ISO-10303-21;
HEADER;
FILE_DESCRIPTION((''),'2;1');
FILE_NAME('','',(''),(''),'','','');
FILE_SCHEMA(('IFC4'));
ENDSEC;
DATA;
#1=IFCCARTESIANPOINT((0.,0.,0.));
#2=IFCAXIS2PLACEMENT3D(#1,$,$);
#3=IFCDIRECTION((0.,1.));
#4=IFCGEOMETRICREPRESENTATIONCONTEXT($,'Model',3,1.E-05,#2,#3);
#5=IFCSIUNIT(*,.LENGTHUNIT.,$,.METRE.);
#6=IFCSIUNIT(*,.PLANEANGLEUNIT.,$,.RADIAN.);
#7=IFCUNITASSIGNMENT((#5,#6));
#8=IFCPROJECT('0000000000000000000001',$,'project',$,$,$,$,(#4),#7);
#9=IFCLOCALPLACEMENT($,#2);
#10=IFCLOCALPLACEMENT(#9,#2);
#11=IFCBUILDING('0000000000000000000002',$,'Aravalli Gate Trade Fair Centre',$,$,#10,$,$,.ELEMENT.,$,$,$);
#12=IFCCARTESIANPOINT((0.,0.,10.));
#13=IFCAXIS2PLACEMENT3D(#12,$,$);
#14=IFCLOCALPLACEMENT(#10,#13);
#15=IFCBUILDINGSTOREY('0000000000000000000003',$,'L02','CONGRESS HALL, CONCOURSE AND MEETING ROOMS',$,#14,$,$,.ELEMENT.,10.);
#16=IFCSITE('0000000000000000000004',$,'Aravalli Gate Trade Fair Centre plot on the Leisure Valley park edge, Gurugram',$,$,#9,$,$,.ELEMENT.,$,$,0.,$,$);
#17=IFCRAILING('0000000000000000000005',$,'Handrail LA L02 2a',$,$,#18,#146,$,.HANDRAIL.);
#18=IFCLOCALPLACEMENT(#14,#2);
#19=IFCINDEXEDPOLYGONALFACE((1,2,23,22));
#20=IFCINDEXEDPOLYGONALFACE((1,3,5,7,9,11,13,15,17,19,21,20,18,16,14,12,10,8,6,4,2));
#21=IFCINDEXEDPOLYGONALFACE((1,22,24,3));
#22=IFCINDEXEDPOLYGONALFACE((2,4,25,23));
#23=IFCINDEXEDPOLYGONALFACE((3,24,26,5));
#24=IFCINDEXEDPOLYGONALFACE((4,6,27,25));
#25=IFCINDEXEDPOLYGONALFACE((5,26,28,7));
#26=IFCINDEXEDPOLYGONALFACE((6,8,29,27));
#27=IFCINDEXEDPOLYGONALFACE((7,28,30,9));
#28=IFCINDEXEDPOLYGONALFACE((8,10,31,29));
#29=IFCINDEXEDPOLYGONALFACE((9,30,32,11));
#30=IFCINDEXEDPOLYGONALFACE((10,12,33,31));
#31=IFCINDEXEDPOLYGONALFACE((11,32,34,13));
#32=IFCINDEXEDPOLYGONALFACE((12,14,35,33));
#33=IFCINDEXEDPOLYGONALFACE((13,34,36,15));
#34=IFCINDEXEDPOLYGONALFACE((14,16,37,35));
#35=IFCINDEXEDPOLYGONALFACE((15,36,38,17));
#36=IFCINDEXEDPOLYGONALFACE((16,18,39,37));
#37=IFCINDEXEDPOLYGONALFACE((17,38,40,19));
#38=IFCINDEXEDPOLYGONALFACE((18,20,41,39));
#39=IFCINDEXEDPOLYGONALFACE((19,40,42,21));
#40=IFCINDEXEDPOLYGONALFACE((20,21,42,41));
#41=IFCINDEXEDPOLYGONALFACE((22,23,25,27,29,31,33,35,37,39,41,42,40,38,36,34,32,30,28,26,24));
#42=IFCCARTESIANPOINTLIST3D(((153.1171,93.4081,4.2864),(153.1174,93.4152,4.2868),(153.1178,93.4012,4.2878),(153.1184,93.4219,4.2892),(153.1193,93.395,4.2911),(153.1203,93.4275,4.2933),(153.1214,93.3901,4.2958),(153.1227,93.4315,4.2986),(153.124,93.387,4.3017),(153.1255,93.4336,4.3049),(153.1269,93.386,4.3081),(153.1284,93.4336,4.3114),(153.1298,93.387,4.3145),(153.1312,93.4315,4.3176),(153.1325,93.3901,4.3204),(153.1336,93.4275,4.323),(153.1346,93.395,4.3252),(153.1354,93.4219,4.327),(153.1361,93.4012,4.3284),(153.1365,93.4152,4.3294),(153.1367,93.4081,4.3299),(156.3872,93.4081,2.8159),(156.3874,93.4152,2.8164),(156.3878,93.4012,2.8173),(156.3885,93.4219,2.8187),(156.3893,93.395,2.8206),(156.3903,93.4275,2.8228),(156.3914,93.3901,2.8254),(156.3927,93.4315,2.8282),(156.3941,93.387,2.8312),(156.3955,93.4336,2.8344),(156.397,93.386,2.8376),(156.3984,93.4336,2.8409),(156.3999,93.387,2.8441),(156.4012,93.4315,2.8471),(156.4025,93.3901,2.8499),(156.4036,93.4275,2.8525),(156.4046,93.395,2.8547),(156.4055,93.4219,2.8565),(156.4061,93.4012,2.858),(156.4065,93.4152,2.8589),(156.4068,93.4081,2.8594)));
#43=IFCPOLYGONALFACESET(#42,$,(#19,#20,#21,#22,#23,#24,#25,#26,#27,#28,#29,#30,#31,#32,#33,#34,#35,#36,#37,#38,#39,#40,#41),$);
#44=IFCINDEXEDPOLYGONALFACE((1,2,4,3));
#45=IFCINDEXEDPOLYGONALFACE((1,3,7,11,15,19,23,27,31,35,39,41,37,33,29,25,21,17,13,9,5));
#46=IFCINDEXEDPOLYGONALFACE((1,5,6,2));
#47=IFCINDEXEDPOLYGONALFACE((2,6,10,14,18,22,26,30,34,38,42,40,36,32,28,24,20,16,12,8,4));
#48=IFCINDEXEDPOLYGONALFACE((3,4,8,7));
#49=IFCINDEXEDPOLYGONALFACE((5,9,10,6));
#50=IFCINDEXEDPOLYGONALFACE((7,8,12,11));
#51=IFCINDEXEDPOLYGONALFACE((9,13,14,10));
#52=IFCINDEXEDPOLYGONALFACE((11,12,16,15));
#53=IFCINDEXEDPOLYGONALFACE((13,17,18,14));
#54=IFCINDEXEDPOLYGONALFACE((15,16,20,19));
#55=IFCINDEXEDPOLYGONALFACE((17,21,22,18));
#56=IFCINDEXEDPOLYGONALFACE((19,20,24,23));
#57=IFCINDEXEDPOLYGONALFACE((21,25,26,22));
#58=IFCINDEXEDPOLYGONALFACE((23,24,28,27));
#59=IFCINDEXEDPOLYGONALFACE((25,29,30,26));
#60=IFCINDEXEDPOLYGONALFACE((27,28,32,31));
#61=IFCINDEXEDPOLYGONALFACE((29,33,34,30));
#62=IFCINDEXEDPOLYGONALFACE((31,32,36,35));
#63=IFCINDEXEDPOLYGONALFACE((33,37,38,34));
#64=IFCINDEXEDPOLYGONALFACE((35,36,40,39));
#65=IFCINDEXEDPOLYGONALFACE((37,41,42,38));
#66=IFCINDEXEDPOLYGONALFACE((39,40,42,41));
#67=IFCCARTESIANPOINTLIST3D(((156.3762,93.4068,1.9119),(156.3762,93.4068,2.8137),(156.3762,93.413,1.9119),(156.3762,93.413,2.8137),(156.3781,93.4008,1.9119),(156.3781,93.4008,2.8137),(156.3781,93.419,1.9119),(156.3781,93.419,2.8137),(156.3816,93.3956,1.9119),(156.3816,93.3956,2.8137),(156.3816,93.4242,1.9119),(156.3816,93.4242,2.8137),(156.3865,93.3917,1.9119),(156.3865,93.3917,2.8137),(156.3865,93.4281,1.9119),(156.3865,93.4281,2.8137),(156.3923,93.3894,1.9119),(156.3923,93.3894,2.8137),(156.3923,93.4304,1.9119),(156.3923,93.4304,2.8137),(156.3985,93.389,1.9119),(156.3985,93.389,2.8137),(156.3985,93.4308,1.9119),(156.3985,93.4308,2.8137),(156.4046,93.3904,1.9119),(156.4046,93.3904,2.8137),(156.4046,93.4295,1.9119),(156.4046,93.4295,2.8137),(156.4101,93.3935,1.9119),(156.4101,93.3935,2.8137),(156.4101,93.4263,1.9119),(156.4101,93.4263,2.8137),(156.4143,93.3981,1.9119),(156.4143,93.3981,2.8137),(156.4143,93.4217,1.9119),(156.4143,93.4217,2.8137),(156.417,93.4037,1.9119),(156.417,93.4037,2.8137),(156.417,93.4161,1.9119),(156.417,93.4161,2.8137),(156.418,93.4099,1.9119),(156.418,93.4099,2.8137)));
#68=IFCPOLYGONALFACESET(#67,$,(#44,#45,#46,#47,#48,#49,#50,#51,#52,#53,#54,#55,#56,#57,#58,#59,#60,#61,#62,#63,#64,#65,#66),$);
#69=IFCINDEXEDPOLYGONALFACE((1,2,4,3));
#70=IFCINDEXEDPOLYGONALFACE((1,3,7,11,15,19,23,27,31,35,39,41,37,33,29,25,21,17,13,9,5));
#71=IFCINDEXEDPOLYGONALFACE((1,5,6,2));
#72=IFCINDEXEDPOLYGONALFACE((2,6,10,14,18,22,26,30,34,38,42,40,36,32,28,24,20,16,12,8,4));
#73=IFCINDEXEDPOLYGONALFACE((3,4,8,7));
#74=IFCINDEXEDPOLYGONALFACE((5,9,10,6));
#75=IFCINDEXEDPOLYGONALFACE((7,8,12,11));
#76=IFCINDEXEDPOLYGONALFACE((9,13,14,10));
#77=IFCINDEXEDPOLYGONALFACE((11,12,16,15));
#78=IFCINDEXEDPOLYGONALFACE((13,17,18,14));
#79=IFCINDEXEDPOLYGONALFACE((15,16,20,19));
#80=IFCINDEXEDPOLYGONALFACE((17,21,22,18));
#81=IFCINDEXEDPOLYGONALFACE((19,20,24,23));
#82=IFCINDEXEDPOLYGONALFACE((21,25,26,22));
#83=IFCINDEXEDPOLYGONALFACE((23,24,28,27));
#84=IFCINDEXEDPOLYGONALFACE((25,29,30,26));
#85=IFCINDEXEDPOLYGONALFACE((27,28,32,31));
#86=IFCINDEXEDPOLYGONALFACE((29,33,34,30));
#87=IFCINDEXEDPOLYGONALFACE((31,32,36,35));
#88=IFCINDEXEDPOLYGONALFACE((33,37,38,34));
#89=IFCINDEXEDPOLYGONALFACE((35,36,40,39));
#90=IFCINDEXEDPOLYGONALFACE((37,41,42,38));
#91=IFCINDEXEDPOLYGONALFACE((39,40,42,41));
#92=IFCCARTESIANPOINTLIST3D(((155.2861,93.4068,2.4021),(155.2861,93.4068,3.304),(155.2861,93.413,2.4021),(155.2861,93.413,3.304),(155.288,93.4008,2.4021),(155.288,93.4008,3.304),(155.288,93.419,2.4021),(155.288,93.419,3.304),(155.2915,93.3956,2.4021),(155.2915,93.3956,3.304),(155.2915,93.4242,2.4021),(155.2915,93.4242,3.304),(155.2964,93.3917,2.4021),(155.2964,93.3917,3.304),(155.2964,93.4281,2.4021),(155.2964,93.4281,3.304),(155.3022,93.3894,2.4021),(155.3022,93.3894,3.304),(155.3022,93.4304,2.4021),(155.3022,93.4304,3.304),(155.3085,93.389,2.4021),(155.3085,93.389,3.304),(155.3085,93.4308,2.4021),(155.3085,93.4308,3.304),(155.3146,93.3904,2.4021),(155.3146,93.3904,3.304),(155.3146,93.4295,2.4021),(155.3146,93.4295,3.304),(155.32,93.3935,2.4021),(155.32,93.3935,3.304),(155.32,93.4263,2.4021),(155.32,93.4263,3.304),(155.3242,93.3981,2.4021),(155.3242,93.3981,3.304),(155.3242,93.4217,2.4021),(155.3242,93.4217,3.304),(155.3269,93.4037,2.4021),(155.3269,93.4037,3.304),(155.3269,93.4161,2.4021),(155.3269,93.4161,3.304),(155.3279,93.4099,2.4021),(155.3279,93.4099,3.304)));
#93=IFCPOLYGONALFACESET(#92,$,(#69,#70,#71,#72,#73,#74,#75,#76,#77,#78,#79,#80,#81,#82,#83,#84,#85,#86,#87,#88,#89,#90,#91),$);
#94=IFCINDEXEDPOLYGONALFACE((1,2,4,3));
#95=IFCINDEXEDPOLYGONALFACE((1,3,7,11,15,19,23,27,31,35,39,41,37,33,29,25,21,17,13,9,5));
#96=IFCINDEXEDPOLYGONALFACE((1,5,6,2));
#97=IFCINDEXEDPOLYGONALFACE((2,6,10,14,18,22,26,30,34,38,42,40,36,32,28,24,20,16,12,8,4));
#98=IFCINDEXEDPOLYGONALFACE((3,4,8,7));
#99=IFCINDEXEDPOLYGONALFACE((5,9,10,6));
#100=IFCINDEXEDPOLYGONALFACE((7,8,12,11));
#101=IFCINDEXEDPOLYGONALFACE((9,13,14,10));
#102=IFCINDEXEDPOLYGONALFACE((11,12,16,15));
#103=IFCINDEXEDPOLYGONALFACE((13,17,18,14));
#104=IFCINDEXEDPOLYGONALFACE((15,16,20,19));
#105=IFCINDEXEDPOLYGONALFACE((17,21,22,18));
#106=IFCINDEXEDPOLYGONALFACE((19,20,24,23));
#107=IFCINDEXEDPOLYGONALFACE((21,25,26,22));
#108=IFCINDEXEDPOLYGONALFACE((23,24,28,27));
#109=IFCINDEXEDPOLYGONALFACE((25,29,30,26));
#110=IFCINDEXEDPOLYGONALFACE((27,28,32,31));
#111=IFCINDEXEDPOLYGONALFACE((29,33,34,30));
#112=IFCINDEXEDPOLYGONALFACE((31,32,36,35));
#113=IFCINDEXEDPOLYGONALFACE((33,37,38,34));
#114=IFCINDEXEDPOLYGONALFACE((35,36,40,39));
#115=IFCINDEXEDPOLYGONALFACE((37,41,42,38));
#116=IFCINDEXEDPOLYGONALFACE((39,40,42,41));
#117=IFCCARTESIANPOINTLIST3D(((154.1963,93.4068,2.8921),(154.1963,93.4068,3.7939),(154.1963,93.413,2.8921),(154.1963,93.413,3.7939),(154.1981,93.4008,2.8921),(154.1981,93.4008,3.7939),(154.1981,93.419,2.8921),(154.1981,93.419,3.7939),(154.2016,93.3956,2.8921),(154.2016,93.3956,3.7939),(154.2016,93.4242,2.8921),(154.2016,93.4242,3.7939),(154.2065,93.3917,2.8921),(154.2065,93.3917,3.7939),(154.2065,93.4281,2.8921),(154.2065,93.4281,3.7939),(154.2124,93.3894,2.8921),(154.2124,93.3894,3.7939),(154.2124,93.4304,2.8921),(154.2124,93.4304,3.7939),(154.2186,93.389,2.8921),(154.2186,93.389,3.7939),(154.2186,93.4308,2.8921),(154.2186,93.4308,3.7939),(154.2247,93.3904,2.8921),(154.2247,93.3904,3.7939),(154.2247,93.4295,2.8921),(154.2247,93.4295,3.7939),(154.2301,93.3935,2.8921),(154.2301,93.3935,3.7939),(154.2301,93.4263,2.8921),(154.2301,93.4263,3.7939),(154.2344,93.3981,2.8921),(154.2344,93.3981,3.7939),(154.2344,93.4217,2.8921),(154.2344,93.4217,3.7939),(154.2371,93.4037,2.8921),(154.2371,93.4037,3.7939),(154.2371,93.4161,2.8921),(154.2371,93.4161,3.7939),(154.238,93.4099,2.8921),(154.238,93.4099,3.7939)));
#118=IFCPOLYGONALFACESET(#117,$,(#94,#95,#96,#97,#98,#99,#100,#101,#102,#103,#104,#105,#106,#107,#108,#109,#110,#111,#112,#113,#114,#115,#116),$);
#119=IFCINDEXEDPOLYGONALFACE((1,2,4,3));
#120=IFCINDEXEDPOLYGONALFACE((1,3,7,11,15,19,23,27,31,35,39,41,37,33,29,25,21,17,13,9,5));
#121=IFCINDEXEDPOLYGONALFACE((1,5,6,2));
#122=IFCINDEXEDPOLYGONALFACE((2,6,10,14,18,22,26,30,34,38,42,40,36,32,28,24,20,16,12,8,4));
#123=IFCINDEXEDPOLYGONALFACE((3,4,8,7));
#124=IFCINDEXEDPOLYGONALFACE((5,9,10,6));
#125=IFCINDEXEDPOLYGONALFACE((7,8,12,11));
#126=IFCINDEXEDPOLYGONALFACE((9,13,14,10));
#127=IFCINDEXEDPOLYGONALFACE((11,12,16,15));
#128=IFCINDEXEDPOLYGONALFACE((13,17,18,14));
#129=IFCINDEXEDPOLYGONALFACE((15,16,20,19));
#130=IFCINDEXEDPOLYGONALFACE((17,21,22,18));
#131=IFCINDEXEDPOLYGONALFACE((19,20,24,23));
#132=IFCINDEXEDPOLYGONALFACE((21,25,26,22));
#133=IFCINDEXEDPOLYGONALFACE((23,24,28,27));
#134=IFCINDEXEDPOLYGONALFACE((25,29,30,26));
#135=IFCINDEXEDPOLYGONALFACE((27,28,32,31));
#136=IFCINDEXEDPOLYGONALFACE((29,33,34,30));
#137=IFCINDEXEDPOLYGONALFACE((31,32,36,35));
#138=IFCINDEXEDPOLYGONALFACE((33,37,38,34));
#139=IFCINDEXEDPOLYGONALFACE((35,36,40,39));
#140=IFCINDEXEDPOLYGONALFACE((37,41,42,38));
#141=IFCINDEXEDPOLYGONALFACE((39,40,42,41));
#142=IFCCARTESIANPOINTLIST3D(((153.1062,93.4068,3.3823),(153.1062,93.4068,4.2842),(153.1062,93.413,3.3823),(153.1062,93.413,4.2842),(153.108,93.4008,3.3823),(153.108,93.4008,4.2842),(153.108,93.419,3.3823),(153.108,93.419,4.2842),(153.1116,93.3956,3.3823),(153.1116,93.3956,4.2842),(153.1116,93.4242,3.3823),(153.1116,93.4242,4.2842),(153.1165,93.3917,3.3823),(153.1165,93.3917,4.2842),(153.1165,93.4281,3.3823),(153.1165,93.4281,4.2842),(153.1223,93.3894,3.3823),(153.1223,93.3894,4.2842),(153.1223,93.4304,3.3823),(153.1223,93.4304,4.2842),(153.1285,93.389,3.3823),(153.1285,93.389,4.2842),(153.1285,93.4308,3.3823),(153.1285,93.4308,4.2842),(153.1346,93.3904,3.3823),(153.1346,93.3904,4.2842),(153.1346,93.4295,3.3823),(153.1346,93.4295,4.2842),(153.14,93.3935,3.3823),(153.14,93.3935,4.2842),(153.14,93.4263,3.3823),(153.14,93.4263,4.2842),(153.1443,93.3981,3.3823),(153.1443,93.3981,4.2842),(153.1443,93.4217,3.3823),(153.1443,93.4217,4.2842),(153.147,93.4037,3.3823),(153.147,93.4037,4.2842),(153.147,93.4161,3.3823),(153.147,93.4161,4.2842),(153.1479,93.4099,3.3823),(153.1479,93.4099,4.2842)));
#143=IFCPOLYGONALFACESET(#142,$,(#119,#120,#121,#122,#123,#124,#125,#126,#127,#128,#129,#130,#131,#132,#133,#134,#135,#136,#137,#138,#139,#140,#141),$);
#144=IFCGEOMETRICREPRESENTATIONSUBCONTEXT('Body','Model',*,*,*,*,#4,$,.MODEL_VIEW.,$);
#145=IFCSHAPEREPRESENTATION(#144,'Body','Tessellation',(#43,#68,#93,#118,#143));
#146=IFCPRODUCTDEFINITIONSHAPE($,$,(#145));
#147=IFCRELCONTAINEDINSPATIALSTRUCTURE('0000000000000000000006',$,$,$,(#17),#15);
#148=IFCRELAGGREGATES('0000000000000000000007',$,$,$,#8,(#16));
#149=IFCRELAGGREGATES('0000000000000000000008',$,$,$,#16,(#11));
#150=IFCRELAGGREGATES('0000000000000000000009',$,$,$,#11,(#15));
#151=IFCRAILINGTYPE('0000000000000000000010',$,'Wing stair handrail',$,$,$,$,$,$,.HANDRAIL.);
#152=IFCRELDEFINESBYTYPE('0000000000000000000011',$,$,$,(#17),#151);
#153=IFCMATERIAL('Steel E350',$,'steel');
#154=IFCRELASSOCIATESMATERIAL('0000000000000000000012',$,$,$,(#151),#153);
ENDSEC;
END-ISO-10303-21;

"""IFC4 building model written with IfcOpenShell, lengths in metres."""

from ifc_helpers import new_model, si_unit, direction, frame, origin, origin_2d, place, context, subcontext, project, spatial, circle, extrude, material, type_object, element, save


model = new_model("IFC4")

# Units and contexts
model_context = context("Model", 3, precision=1e-05, world=origin(), true_north=direction((0.0, 1.0)))
body_context = subcontext(model_context, "Body", "Model", "MODEL_VIEW")
ifc_project = project(units=[si_unit("LENGTHUNIT", "METRE"), si_unit("PLANEANGLEUNIT", "RADIAN")], contexts=[model_context])

# Site, building, storey
site_placement = place(None, origin())
site = spatial("IfcSite", under=ifc_project, at=site_placement, Name="Aravalli Gate Trade Fair Centre plot on the Leisure Valley park edge, Gurugram", CompositionType="ELEMENT", RefElevation=0.0)
building_placement = place(site_placement, origin())
building = spatial("IfcBuilding", under=site, at=building_placement, Name="Aravalli Gate Trade Fair Centre", CompositionType="ELEMENT")
storey_placement = place(building_placement, frame((0.0, 0.0, 10.0)))
storey = spatial("IfcBuildingStorey", under=building, at=storey_placement, Name="L02", Description="CONGRESS HALL, CONCOURSE AND MEETING ROOMS", CompositionType="ELEMENT", Elevation=10.0)

# Shared definitions
ifc_material_1 = material(Name="Steel E350", Category="steel")

# Railing
railing_type_1 = type_object("IfcRailingType", Name="Wing stair handrail", PredefinedType="HANDRAIL", material=ifc_material_1)
for number, where, name in (
    (1, (156.397, 93.4099, 1.9119), "Handrail LA L02 2a"),
):
    element("IfcRailing", number, at=place(storey_placement, frame(where)), inside=storey, type_object=railing_type_1, Name=name, PredefinedType="HANDRAIL", context=body_context, shape_type="SweptSolid", body=[
        extrude(circle(Radius=0.0239, at=origin_2d()), frame((0.0, 0.0, 0.9258), z_axis=(-0.912031, 0.0, 0.410121), x_axis=(0.0, -1.0, 0.0)), (0.0, 0.0, 1.0), 3.5854),
        extrude(circle(Radius=0.021, at=origin_2d()), origin(), (0.0, 0.0, 1.0), 0.9019),
        extrude(circle(Radius=0.021, at=origin_2d()), frame((-1.0901, 0.0, 0.4902)), (0.0, 0.0, 1.0), 0.9019),
        extrude(circle(Radius=0.021, at=origin_2d()), frame((-2.1799, 0.0, 0.9802)), (0.0, 0.0, 1.0), 0.9019),
        extrude(circle(Radius=0.021, at=origin_2d()), frame((-3.27, 0.0, 1.4705)), (0.0, 0.0, 1.0), 0.9019),
    ])

save(model, "model.ifc")
